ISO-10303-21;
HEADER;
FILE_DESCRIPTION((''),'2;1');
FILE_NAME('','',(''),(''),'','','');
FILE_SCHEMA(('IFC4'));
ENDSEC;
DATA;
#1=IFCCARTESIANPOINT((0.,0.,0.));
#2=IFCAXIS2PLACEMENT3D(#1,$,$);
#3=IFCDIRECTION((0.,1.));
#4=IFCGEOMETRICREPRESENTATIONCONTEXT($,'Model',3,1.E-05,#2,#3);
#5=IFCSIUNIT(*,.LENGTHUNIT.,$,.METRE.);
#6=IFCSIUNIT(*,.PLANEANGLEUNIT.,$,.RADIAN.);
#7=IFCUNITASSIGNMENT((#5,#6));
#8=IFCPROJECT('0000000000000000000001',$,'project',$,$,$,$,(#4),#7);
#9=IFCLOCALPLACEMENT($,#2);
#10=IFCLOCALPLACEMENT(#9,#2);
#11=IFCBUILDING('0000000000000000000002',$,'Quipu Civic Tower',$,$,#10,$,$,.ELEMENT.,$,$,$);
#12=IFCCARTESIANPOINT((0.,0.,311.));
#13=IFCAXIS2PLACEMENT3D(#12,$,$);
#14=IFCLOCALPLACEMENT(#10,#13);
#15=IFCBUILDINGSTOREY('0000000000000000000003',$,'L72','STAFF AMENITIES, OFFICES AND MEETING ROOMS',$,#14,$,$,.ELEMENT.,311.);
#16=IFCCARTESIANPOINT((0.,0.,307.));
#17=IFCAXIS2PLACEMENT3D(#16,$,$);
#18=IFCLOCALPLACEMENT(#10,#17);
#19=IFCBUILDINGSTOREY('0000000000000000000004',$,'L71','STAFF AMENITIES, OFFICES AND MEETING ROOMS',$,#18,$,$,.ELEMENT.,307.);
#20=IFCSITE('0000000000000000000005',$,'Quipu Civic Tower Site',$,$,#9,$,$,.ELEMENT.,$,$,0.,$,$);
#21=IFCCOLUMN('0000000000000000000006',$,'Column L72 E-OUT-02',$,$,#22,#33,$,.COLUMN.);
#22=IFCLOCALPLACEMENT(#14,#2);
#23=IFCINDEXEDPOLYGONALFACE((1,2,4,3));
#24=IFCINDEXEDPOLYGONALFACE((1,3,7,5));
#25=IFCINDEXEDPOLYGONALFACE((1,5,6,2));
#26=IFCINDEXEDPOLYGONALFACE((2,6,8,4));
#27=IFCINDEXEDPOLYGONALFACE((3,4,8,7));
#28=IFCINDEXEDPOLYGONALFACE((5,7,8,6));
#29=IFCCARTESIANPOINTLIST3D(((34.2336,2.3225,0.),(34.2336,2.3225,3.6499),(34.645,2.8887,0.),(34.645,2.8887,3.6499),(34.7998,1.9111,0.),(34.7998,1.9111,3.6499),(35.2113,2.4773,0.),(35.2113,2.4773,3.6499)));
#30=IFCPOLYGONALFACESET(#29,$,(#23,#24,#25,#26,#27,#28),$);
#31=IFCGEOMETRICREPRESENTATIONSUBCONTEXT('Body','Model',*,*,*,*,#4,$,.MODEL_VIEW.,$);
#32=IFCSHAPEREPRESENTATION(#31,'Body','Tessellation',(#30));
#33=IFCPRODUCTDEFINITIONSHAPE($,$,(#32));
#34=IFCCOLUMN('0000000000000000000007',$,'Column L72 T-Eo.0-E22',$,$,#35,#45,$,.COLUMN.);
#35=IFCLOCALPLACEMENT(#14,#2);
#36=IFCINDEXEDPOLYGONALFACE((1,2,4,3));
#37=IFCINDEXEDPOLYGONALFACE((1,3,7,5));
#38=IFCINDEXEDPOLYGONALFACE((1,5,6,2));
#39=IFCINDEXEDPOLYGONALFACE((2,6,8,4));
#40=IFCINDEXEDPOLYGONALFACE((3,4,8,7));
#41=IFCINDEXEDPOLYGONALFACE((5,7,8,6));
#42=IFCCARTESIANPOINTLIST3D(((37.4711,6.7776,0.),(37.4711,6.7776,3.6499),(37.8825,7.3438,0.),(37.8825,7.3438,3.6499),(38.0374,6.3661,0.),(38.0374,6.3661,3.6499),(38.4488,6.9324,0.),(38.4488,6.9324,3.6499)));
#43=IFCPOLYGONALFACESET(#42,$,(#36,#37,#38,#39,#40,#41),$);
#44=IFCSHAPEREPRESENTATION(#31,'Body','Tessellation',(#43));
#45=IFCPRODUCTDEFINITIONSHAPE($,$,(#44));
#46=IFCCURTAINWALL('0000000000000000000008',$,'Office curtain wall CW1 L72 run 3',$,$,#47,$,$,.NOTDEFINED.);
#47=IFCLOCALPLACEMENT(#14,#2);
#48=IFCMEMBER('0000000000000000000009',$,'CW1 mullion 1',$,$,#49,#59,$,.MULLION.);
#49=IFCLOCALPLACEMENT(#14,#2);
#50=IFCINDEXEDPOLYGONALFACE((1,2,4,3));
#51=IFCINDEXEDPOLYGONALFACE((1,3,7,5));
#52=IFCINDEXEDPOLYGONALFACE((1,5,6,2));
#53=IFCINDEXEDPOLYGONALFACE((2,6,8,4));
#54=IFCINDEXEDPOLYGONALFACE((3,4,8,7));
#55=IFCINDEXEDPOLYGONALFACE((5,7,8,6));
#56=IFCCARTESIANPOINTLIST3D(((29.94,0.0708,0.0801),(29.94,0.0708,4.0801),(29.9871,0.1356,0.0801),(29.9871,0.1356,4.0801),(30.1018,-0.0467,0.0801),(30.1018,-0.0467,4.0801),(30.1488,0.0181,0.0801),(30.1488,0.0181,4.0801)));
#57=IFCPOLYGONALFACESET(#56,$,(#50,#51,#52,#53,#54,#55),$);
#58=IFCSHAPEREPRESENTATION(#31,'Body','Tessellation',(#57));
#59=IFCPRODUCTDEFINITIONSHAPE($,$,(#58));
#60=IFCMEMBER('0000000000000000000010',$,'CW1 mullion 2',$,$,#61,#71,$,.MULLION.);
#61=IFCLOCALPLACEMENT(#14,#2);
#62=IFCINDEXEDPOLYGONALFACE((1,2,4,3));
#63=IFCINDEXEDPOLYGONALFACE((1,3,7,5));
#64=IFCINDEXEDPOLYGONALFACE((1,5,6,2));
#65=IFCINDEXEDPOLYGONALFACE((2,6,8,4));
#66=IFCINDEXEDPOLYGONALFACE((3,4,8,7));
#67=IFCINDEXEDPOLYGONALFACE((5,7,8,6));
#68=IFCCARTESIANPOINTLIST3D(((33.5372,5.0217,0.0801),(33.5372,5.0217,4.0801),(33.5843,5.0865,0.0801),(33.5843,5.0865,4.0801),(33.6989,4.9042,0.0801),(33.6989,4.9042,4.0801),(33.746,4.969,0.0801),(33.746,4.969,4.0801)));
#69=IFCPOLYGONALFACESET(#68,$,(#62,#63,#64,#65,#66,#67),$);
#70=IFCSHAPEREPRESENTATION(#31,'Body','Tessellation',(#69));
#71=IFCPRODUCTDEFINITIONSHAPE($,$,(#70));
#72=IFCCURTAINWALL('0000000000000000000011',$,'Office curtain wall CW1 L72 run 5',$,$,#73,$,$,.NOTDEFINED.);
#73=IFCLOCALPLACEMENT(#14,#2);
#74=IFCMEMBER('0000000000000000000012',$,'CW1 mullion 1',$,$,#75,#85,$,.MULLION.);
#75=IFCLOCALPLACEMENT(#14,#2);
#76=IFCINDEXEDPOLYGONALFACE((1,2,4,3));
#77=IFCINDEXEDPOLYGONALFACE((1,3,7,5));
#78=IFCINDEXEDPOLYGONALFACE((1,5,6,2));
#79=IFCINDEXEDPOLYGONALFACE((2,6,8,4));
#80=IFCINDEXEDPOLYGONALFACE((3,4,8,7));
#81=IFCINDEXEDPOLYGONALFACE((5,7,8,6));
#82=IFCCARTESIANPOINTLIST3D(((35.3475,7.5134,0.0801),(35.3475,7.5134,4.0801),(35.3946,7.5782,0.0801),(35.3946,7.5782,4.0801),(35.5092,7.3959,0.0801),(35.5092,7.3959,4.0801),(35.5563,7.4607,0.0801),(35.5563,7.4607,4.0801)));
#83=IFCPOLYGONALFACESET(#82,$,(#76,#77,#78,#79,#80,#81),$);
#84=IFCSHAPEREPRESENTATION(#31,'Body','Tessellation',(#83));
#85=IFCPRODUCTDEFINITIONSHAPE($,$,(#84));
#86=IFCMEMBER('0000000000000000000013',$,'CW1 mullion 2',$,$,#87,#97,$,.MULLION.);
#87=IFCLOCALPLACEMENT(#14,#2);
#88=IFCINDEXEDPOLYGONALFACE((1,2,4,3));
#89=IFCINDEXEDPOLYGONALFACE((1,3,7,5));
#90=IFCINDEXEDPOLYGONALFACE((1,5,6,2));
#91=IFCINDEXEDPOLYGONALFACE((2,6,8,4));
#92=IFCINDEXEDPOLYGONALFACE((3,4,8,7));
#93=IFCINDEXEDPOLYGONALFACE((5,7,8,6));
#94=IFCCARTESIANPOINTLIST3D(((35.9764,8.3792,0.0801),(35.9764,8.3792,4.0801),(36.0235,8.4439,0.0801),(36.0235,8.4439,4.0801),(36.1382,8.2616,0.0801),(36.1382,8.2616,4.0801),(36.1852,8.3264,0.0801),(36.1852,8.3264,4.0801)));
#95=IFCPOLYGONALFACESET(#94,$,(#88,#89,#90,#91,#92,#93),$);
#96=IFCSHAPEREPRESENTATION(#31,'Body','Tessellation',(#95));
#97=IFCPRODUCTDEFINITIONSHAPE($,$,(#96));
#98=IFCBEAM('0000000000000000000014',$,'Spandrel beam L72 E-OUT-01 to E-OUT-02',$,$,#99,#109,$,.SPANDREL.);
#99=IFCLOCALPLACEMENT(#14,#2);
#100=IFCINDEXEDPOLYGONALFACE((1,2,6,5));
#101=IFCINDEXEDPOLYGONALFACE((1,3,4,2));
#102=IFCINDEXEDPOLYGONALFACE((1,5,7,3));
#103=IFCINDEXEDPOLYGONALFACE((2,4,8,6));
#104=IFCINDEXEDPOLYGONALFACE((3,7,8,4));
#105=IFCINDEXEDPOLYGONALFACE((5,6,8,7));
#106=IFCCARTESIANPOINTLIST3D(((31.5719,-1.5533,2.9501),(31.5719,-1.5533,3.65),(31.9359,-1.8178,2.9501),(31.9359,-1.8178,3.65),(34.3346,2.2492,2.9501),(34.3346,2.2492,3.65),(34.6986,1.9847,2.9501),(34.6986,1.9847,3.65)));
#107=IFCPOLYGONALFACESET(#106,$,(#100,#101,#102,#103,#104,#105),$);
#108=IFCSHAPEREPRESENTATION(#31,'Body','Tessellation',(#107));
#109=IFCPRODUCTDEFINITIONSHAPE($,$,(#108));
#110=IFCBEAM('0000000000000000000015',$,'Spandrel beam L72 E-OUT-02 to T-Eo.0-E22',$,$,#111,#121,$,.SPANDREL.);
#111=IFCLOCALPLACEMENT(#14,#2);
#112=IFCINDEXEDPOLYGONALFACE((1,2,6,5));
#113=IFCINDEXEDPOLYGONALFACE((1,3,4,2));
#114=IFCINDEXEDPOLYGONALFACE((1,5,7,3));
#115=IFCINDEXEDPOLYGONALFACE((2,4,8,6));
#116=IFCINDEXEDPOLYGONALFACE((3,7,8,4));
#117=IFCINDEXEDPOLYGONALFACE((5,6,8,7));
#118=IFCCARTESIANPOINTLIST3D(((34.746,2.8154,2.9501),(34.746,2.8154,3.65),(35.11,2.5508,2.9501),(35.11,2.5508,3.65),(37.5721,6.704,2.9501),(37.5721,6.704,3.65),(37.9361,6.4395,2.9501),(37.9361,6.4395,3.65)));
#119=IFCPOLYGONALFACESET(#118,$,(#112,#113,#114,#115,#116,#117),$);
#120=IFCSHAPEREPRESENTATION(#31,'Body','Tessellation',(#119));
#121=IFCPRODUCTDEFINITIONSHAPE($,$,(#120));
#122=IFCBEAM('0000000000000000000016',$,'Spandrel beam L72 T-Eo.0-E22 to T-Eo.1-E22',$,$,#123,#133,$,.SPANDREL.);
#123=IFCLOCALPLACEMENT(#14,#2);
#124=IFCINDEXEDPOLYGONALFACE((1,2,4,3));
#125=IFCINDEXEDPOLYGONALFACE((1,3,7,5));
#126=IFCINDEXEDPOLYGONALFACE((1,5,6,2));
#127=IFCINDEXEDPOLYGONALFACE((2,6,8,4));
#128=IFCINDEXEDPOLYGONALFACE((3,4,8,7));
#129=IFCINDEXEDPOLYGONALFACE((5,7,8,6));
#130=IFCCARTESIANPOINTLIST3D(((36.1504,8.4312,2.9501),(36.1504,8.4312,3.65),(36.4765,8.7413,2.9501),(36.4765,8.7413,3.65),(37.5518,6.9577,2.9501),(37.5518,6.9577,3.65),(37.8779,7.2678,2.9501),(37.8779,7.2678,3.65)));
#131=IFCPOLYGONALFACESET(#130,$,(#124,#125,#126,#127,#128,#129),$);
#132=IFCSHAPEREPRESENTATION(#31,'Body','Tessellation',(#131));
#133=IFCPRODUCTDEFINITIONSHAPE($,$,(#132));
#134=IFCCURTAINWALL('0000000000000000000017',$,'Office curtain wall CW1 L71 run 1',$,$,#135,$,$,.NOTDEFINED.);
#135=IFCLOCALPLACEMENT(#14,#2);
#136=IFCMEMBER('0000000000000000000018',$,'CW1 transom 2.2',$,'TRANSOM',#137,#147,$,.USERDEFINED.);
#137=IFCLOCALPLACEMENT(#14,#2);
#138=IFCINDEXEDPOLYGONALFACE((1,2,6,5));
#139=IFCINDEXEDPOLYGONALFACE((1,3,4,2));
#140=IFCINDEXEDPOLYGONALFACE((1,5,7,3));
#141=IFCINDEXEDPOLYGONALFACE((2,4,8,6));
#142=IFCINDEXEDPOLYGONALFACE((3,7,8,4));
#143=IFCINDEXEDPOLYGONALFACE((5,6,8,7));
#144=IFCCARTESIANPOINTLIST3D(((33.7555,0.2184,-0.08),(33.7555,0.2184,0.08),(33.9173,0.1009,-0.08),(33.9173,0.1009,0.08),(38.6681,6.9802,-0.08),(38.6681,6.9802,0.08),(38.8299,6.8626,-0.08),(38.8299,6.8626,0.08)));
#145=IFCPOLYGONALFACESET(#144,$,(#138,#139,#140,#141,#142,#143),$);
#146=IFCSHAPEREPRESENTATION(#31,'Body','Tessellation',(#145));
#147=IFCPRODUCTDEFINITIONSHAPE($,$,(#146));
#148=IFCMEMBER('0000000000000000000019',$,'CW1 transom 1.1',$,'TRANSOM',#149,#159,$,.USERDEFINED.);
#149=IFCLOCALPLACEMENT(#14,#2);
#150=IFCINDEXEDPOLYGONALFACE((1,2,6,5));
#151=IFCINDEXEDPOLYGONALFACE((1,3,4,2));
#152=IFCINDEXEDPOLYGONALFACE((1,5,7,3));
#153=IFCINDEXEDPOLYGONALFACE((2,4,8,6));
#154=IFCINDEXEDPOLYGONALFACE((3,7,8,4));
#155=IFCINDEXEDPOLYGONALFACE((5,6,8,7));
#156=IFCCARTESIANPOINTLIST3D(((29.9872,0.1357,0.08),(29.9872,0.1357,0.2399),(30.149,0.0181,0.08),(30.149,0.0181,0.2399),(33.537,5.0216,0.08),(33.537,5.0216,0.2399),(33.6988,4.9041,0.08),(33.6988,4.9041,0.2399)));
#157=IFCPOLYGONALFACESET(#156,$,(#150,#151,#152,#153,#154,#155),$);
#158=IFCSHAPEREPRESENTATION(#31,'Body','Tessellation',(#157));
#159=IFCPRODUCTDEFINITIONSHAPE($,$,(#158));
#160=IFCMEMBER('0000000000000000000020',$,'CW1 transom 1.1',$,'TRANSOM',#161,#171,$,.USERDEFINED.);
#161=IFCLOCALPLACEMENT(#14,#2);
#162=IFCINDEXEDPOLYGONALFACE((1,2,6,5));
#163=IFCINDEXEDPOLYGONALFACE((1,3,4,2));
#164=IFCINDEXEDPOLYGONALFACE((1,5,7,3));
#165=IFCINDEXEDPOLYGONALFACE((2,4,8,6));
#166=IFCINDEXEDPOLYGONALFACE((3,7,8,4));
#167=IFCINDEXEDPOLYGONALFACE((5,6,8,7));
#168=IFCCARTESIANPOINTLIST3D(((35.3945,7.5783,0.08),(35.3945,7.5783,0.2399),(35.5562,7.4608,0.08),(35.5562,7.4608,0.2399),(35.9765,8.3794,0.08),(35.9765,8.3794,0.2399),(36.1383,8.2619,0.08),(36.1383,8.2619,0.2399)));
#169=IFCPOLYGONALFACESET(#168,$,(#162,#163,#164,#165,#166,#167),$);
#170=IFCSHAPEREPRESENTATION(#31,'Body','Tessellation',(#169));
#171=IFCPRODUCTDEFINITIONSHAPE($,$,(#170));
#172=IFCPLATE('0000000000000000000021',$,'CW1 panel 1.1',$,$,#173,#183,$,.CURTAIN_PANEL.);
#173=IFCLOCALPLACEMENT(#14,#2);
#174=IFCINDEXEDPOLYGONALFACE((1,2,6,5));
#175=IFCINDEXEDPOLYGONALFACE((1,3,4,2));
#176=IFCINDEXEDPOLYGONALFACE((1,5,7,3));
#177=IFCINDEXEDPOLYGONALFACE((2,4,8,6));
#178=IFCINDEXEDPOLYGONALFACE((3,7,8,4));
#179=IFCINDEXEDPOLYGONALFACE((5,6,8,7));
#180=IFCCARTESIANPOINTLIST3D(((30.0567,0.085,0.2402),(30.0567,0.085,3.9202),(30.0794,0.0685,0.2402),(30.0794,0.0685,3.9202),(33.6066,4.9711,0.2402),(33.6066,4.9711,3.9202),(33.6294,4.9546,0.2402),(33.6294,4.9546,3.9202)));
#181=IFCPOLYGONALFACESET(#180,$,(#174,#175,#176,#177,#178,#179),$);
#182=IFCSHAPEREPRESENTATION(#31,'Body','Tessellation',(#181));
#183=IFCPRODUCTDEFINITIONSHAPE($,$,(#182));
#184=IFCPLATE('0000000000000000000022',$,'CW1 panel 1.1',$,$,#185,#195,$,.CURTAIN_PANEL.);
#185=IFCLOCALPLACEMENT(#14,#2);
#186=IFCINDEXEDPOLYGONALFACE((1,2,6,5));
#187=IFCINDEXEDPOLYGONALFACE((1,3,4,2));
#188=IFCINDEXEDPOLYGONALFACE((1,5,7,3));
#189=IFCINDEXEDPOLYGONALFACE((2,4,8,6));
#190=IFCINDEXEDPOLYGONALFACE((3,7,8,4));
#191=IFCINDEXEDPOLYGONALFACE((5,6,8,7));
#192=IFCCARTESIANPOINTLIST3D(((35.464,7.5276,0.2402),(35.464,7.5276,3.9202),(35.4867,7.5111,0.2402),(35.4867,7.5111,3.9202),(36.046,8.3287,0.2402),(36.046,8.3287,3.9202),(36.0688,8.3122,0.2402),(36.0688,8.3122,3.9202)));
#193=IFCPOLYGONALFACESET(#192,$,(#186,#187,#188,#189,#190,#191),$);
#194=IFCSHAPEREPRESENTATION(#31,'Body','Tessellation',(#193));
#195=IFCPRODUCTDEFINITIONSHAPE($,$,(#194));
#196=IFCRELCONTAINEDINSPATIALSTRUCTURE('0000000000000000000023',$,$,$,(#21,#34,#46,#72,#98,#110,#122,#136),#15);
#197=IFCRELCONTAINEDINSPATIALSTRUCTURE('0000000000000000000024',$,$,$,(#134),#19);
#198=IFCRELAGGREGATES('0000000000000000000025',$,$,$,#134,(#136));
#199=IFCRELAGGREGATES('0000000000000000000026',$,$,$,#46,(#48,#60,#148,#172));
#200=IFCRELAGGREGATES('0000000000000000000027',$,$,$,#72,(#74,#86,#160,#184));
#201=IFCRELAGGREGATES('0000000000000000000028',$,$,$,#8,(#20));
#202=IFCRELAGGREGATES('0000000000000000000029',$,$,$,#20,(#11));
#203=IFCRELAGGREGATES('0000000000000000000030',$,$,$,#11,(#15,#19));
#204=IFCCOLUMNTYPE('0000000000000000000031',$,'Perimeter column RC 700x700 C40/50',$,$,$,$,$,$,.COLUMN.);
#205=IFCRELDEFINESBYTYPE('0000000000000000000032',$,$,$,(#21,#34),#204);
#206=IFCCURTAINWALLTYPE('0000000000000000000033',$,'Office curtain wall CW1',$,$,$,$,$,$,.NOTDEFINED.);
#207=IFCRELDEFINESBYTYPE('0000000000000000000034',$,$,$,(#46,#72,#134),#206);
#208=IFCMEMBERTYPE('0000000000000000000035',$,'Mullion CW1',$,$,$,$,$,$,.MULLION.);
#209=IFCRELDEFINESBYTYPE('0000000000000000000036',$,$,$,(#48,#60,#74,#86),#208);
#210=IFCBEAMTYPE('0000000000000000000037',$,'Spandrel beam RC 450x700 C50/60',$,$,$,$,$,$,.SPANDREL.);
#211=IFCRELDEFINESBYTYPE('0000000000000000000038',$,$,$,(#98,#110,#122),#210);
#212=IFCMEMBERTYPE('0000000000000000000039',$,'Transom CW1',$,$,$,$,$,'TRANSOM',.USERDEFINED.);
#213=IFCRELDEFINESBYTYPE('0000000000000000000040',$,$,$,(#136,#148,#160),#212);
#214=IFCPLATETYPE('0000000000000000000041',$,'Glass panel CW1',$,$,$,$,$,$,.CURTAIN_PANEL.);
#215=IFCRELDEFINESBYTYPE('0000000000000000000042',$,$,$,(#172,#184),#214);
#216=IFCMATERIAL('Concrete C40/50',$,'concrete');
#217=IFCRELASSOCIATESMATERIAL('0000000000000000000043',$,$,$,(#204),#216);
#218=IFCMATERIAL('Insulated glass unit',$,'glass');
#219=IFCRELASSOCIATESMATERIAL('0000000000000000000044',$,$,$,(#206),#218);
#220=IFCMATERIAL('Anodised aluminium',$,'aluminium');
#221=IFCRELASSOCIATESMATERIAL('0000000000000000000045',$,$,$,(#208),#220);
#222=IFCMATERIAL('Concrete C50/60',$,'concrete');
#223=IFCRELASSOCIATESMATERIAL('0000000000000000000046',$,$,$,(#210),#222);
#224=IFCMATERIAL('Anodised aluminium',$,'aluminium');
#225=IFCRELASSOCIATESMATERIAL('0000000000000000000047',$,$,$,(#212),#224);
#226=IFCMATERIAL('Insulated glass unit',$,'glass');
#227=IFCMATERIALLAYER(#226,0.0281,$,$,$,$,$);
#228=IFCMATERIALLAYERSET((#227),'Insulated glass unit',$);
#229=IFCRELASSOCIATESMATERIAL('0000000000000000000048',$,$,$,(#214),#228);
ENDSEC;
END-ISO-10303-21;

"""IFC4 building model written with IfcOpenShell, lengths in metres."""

from ifc_helpers import new_model, si_unit, direction, frame, origin, origin_2d, place, context, subcontext, project, spatial, rectangle, extrude, material, layer, layer_set, material_profile, profile_set, type_object, element, aggregate, save


model = new_model("IFC4")

# Units and contexts
model_context = context("Model", 3, precision=1e-05, world=origin(), true_north=direction((0.0, 1.0)))
body_context = subcontext(model_context, "Body", "Model", "MODEL_VIEW")
ifc_project = project(units=[si_unit("LENGTHUNIT", "METRE"), si_unit("PLANEANGLEUNIT", "RADIAN")], contexts=[model_context])

# Site, building, storey
site_placement = place(None, origin())
site = spatial("IfcSite", under=ifc_project, at=site_placement, Name="Quipu Civic Tower Site", CompositionType="ELEMENT", RefElevation=0.0)
building_placement = place(site_placement, origin())
building = spatial("IfcBuilding", under=site, at=building_placement, Name="Quipu Civic Tower", CompositionType="ELEMENT")
storey_1_placement = place(building_placement, frame((0.0, 0.0, 311.0)))
storey_1 = spatial("IfcBuildingStorey", under=building, at=storey_1_placement, Name="L72", Description="STAFF AMENITIES, OFFICES AND MEETING ROOMS", CompositionType="ELEMENT", Elevation=311.0)

# Columns
ifc_material_1 = material(Name="Concrete C40/50", Category="concrete")
ifc_material_profile_1 = material_profile(ifc_material_1, rectangle(XDim=0.7, YDim=0.7, at=origin_2d()), Name="RC700x700")
ifc_profile_set_1 = profile_set([ifc_material_profile_1], Name="Concrete C40/50")
column_type = type_object("IfcColumnType", Name="Perimeter column RC 700x700 C40/50", PredefinedType="COLUMN", material=ifc_profile_set_1)
for number, where, z_axis, x_axis, name in (
    (1, (34.7224, 2.3999, 0.0), (0.0, 0.0, 1.0), (0.587785, 0.809017, 0.0), "Column L72 E-OUT-02"),
    (2, (37.96, 6.855, 0.0), (0.0, 0.0, 1.0), (0.587785, 0.809017, 0.0), "Column L72 T-Eo.0-E22"),
):
    element("IfcColumn", number, at=place(storey_1_placement, frame(where, z_axis=z_axis, x_axis=x_axis)), inside=storey_1, type_object=column_type, Name=name, PredefinedType="COLUMN", context=body_context, shape_type="SweptSolid", body=[
        extrude(rectangle(XDim=0.7, YDim=0.7, at=origin_2d()), origin(), (0.0, 0.0, 1.0), 3.6499),
    ])

# Curtain walls, members
ifc_material_2 = material(Name="Insulated glass unit", Category="glass")
curtain_wall_type = type_object("IfcCurtainWallType", Name="Office curtain wall CW1", PredefinedType="NOTDEFINED", material=ifc_material_2)
curtain_wall_1_placement = place(storey_1_placement, origin())
curtain_wall_1 = element("IfcCurtainWall", 3, at=curtain_wall_1_placement, inside=storey_1, type_object=curtain_wall_type, Name="Office curtain wall CW1 L72 run 3", PredefinedType="NOTDEFINED")
ifc_material_3 = material(Name="Anodised aluminium", Category="aluminium")
ifc_material_profile_2 = material_profile(ifc_material_3, rectangle(XDim=0.2, YDim=0.0801, at=origin_2d()), Name="RECT 200x80")
ifc_profile_set_2 = profile_set([ifc_material_profile_2], Name="Anodised aluminium")
member_type_1 = type_object("IfcMemberType", Name="Mullion CW1", PredefinedType="MULLION", material=ifc_profile_set_2)
member_1_placement = place(storey_1_placement, frame((30.0444, 0.0444, 0.0801), z_axis=(0.0, 0.0, 1.0), x_axis=(-0.809015, 0.587788, 0.0)))
member_1 = element("IfcMember", 4, at=member_1_placement, type_object=member_type_1, Name="CW1 mullion 1", PredefinedType="MULLION", context=body_context, shape_type="SweptSolid", body=[
    extrude(rectangle(XDim=0.2, YDim=0.0801, at=origin_2d()), origin(), (0.0, 0.0, 1.0), 4.0),
])
member_2_placement = place(storey_1_placement, frame((33.6416, 4.9954, 0.0801), z_axis=(0.0, 0.0, 1.0), x_axis=(-0.809015, 0.587788, 0.0)))
member_2 = element("IfcMember", 5, at=member_2_placement, type_object=member_type_1, Name="CW1 mullion 2", PredefinedType="MULLION", context=body_context, shape_type="SweptSolid", body=[
    extrude(rectangle(XDim=0.2, YDim=0.0801, at=origin_2d()), origin(), (0.0, 0.0, 1.0), 4.0),
])
curtain_wall_2_placement = place(storey_1_placement, origin())
curtain_wall_2 = element("IfcCurtainWall", 6, at=curtain_wall_2_placement, inside=storey_1, type_object=curtain_wall_type, Name="Office curtain wall CW1 L72 run 5", PredefinedType="NOTDEFINED")
member_3_placement = place(storey_1_placement, frame((35.4519, 7.4871, 0.0801), z_axis=(0.0, 0.0, 1.0), x_axis=(-0.808995, 0.587815, 0.0)))
member_3 = element("IfcMember", 7, at=member_3_placement, type_object=member_type_1, Name="CW1 mullion 1", PredefinedType="MULLION", context=body_context, shape_type="SweptSolid", body=[
    extrude(rectangle(XDim=0.2, YDim=0.0801, at=origin_2d()), origin(), (0.0, 0.0, 1.0), 4.0),
])
member_4_placement = place(storey_1_placement, frame((36.0808, 8.3528, 0.0801), z_axis=(0.0, 0.0, 1.0), x_axis=(-0.808995, 0.587815, 0.0)))
member_4 = element("IfcMember", 8, at=member_4_placement, type_object=member_type_1, Name="CW1 mullion 2", PredefinedType="MULLION", context=body_context, shape_type="SweptSolid", body=[
    extrude(rectangle(XDim=0.2, YDim=0.0801, at=origin_2d()), origin(), (0.0, 0.0, 1.0), 4.0),
])

# Beams
ifc_material_4 = material(Name="Concrete C50/60", Category="concrete")
ifc_material_profile_3 = material_profile(ifc_material_4, rectangle(XDim=0.45, YDim=0.7, at=origin_2d()), Name="RC450x700")
ifc_profile_set_3 = profile_set([ifc_material_profile_3], Name="Concrete C50/60")
beam_type = type_object("IfcBeamType", Name="Spandrel beam RC 450x700 C50/60", PredefinedType="SPANDREL", material=ifc_profile_set_3)
beam_1_placement = place(storey_1_placement, frame((31.7539, -1.6855, 3.3), z_axis=(0.587789, 0.809015, 0.0), x_axis=(-0.809015, 0.587789, 0.0)))
element("IfcBeam", 9, at=beam_1_placement, inside=storey_1, type_object=beam_type, Name="Spandrel beam L72 E-OUT-01 to E-OUT-02", PredefinedType="SPANDREL", context=body_context, shape_type="SweptSolid", body=[
    extrude(rectangle(XDim=0.45, YDim=0.7, at=origin_2d()), origin(), (0.0, 0.0, 1.0), 4.7002),
])
beam_2_placement = place(storey_1_placement, frame((34.928, 2.6831, 3.3), z_axis=(0.587906, 0.808929, 0.0), x_axis=(-0.808929, 0.587906, 0.0)))
element("IfcBeam", 10, at=beam_2_placement, inside=storey_1, type_object=beam_type, Name="Spandrel beam L72 E-OUT-02 to T-Eo.0-E22", PredefinedType="SPANDREL", context=body_context, shape_type="SweptSolid", body=[
    extrude(rectangle(XDim=0.45, YDim=0.7, at=origin_2d()), origin(), (0.0, 0.0, 1.0), 4.8071),
])
beam_3_placement = place(storey_1_placement, frame((37.7148, 7.1128, 3.3), z_axis=(-0.689175, 0.724595, 0.0), x_axis=(-0.724595, -0.689175, 0.0)))
element("IfcBeam", 11, at=beam_3_placement, inside=storey_1, type_object=beam_type, Name="Spandrel beam L72 T-Eo.0-E22 to T-Eo.1-E22", PredefinedType="SPANDREL", context=body_context, shape_type="SweptSolid", body=[
    extrude(rectangle(XDim=0.45, YDim=0.7, at=origin_2d()), origin(), (0.0, 0.0, 1.0), 2.0334),
])

# Shared definitions
storey_2_placement = place(building_placement, frame((0.0, 0.0, 307.0)))
storey_2 = spatial("IfcBuildingStorey", under=building, at=storey_2_placement, Name="L71", Description="STAFF AMENITIES, OFFICES AND MEETING ROOMS", CompositionType="ELEMENT", Elevation=307.0)

# Curtain wall, member
curtain_wall_3_placement = place(storey_2_placement, origin())
curtain_wall_3 = element("IfcCurtainWall", 12, at=curtain_wall_3_placement, inside=storey_2, type_object=curtain_wall_type, Name="Office curtain wall CW1 L71 run 1", PredefinedType="NOTDEFINED")
ifc_material_5 = material(Name="Anodised aluminium", Category="aluminium")
ifc_material_profile_4 = material_profile(ifc_material_5, rectangle(XDim=0.2, YDim=0.1599, at=origin_2d()), Name="RECT 200x160")
ifc_profile_set_4 = profile_set([ifc_material_profile_4], Name="Anodised aluminium")
member_type_2 = type_object("IfcMemberType", Name="Transom CW1", ElementType="TRANSOM", PredefinedType="USERDEFINED", material=ifc_profile_set_4)
member_5_placement = place(storey_1_placement, frame((33.8364, 0.1597, 0.0), z_axis=(0.587779, 0.809021, 0.0), x_axis=(-0.809021, 0.587779, 0.0)))
member_5 = element("IfcMember", 13, at=member_5_placement, inside=storey_1, type_object=member_type_2, Name="CW1 transom 2.2", ObjectType="TRANSOM", PredefinedType="USERDEFINED", context=body_context, shape_type="SweptSolid", body=[
    extrude(rectangle(XDim=0.2, YDim=0.1599, at=origin_2d()), origin(), (0.0, 0.0, 1.0), 8.3579),
])
aggregate(curtain_wall_3, [member_5])

# Members
member_6_placement = place(storey_1_placement, frame((30.0681, 0.0769, 0.1599), z_axis=(0.587777, 0.809023, 0.0), x_axis=(-0.809023, 0.587777, 0.0)))
member_6 = element("IfcMember", 14, at=member_6_placement, type_object=member_type_2, Name="CW1 transom 1.1", ObjectType="TRANSOM", PredefinedType="USERDEFINED", context=body_context, shape_type="SweptSolid", body=[
    extrude(rectangle(XDim=0.2, YDim=0.1599, at=origin_2d()), origin(), (0.0, 0.0, 1.0), 6.0393),
])
member_7_placement = place(storey_1_placement, frame((35.4753, 7.5195, 0.1599), z_axis=(0.58782, 0.808992, 0.0), x_axis=(-0.808992, 0.58782, 0.0)))
member_7 = element("IfcMember", 15, at=member_7_placement, type_object=member_type_2, Name="CW1 transom 1.1", ObjectType="TRANSOM", PredefinedType="USERDEFINED", context=body_context, shape_type="SweptSolid", body=[
    extrude(rectangle(XDim=0.2, YDim=0.1599, at=origin_2d()), origin(), (0.0, 0.0, 1.0), 0.9902),
])

# Plates
ifc_material_6 = material(Name="Insulated glass unit", Category="glass")
ifc_layer_1 = layer(ifc_material_6, 0.0281)
ifc_layer_set_1 = layer_set([ifc_layer_1], Name="Insulated glass unit")
plate_type_1 = type_object("IfcPlateType", Name="Glass panel CW1", PredefinedType="CURTAIN_PANEL", material=ifc_layer_set_1)
plate_1_placement = place(storey_1_placement, frame((31.843, 2.5198, 0.2402), z_axis=(0.0, 0.0, 1.0), x_axis=(0.587788, 0.809015, 0.0)))
plate_1 = element("IfcPlate", 16, at=plate_1_placement, type_object=plate_type_1, Name="CW1 panel 1.1", PredefinedType="CURTAIN_PANEL", context=body_context, shape_type="SweptSolid", body=[
    extrude(rectangle(XDim=6.0396, YDim=0.0281, at=origin_2d()), origin(), (0.0, 0.0, 1.0), 3.6799),
])
aggregate(curtain_wall_1, [member_1, member_2, member_6, plate_1])
plate_2_placement = place(storey_1_placement, frame((35.7664, 7.9199, 0.2402), z_axis=(0.0, 0.0, 1.0), x_axis=(0.587815, 0.808995, 0.0)))
plate_2 = element("IfcPlate", 17, at=plate_2_placement, type_object=plate_type_1, Name="CW1 panel 1.1", PredefinedType="CURTAIN_PANEL", context=body_context, shape_type="SweptSolid", body=[
    extrude(rectangle(XDim=0.9902, YDim=0.0281, at=origin_2d()), origin(), (0.0, 0.0, 1.0), 3.6799),
])
aggregate(curtain_wall_2, [member_3, member_4, member_7, plate_2])

save(model, "model.ifc")
